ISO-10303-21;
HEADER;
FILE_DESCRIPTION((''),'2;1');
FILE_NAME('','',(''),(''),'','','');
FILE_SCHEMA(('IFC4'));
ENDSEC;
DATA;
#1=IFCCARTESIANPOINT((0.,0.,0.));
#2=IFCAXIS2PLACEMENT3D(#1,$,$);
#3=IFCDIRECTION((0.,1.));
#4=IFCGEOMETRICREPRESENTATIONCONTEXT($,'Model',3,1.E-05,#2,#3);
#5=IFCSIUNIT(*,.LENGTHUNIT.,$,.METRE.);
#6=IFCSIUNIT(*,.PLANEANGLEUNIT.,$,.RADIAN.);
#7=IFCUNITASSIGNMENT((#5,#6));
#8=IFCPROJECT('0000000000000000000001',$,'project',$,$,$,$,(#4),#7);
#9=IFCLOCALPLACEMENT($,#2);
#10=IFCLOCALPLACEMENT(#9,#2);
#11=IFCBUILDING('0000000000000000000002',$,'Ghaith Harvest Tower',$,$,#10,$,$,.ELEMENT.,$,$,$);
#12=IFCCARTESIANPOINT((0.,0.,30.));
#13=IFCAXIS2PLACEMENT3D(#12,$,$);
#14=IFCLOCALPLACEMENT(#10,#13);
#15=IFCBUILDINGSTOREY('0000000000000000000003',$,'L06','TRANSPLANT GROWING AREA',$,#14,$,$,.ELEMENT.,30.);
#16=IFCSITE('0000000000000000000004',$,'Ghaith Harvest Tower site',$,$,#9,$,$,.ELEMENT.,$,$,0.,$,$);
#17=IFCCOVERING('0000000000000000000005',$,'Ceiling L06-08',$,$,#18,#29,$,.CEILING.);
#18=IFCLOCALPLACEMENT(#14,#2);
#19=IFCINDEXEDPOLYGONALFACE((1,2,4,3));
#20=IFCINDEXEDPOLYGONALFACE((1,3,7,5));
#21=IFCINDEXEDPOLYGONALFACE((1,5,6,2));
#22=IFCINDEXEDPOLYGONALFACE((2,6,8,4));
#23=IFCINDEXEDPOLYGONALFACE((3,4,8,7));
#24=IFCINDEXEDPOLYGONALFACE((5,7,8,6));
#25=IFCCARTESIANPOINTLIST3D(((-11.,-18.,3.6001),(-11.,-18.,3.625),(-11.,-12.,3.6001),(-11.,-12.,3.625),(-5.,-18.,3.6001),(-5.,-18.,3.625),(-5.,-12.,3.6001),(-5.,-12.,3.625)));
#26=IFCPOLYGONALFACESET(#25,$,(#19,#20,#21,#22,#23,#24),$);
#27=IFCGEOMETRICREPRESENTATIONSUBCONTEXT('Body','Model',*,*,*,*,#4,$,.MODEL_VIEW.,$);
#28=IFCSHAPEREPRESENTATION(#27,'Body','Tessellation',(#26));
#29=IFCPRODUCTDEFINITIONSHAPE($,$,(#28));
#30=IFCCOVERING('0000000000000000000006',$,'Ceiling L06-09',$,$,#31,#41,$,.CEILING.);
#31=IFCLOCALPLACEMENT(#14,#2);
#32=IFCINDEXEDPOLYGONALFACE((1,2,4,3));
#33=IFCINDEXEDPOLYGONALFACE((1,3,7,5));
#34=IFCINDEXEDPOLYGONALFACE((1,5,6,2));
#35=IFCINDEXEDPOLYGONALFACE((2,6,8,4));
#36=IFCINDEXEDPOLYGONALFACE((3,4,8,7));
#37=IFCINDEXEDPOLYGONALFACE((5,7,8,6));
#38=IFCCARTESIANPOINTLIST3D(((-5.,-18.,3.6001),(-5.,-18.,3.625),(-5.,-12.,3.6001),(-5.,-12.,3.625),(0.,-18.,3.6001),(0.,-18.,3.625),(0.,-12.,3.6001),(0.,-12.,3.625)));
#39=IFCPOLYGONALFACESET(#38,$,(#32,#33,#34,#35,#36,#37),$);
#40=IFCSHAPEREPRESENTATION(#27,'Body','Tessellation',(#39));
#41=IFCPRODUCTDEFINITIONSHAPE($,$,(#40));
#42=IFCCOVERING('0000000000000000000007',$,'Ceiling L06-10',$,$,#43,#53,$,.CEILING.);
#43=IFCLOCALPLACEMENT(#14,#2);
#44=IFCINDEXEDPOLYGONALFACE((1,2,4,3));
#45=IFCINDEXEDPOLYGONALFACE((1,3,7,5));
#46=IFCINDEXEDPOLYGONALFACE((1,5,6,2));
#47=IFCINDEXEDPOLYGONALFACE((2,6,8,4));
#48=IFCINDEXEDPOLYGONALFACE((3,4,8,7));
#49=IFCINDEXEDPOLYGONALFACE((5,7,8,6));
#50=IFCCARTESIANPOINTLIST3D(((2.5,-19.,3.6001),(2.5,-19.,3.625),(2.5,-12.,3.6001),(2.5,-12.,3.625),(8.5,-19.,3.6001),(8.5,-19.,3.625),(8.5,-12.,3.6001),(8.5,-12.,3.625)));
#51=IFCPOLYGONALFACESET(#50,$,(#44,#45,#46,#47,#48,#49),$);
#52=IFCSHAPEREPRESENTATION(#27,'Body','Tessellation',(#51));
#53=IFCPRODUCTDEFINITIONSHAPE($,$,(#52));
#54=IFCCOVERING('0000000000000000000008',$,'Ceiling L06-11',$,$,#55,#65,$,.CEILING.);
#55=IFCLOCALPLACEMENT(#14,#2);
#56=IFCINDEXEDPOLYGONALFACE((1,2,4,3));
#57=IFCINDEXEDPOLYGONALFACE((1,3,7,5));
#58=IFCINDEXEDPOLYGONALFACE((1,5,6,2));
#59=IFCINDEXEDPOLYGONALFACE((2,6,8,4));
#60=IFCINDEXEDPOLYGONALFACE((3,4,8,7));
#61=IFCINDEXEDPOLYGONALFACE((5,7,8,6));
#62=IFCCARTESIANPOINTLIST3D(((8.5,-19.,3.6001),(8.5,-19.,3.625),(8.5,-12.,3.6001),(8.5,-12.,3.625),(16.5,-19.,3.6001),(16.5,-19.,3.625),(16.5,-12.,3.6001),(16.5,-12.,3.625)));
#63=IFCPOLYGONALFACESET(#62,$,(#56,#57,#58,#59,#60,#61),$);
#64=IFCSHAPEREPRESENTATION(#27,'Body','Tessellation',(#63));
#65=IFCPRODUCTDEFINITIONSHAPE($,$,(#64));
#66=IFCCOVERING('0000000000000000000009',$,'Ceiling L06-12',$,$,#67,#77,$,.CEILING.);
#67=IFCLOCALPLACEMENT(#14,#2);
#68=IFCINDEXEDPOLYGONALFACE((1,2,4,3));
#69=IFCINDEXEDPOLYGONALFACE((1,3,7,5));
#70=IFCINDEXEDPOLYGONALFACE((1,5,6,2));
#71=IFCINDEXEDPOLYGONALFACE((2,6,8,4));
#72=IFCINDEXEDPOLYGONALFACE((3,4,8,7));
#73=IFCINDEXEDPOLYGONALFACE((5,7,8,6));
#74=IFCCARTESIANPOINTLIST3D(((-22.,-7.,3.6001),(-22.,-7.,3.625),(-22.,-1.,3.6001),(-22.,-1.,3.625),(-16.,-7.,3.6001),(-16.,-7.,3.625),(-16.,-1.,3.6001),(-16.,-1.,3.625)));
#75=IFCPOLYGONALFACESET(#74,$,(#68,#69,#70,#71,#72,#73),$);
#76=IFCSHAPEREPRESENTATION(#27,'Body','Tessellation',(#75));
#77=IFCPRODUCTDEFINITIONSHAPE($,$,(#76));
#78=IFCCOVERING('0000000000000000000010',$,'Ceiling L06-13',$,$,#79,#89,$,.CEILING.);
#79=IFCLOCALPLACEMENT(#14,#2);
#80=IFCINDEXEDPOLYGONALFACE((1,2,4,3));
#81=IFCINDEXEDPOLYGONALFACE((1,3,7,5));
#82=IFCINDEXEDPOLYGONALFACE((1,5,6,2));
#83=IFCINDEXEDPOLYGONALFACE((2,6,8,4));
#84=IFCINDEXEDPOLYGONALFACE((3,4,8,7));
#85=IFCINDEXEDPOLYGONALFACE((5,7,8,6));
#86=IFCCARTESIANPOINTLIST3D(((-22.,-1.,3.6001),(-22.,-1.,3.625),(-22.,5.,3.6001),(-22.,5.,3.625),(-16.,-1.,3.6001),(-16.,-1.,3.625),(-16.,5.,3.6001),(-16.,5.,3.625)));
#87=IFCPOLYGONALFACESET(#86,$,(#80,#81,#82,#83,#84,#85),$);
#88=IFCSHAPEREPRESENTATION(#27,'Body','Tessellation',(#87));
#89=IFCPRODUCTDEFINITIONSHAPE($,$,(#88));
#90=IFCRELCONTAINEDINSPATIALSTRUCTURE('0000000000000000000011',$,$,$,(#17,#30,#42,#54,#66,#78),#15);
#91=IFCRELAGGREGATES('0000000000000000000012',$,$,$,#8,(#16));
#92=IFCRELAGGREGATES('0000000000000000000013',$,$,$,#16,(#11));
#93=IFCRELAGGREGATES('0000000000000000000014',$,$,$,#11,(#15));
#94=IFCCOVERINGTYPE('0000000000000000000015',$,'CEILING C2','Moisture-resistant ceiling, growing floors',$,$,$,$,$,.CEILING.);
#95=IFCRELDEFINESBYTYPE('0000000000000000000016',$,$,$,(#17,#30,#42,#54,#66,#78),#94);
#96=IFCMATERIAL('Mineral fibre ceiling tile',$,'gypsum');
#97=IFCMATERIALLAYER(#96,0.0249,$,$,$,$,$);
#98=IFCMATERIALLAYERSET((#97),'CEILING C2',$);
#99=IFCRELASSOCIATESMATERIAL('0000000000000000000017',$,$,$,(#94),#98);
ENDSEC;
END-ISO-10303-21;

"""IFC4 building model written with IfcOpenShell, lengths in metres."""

from ifc_helpers import new_model, si_unit, direction, frame, origin, place, context, subcontext, project, spatial, polyline, outline, extrude, material, layer, layer_set, type_object, element, save


model = new_model("IFC4")

# Units and contexts
model_context = context("Model", 3, precision=1e-05, world=origin(), true_north=direction((0.0, 1.0)))
body_context = subcontext(model_context, "Body", "Model", "MODEL_VIEW")
ifc_project = project(units=[si_unit("LENGTHUNIT", "METRE"), si_unit("PLANEANGLEUNIT", "RADIAN")], contexts=[model_context])

# Site, building, storey
site_placement = place(None, origin())
site = spatial("IfcSite", under=ifc_project, at=site_placement, Name="Ghaith Harvest Tower site", CompositionType="ELEMENT", RefElevation=0.0)
building_placement = place(site_placement, origin())
building = spatial("IfcBuilding", under=site, at=building_placement, Name="Ghaith Harvest Tower", CompositionType="ELEMENT")
storey_placement = place(building_placement, frame((0.0, 0.0, 30.0)))
storey = spatial("IfcBuildingStorey", under=building, at=storey_placement, Name="L06", Description="TRANSPLANT GROWING AREA", CompositionType="ELEMENT", Elevation=30.0)

# Coverings
ifc_material_1 = material(Name="Mineral fibre ceiling tile", Category="gypsum")
ifc_layer_1 = layer(ifc_material_1, 0.0249)
ifc_layer_set_1 = layer_set([ifc_layer_1], Name="CEILING C2")
covering_type = type_object("IfcCoveringType", Name="CEILING C2", Description="Moisture-resistant ceiling, growing floors", PredefinedType="CEILING", material=ifc_layer_set_1)
covering_1_placement = place(storey_placement, frame((0.0, 0.0, 3.6001)))
element("IfcCovering", 1, at=covering_1_placement, inside=storey, type_object=covering_type, Name="Ceiling L06-08", PredefinedType="CEILING", context=body_context, shape_type="SweptSolid", body=[
    extrude(outline(polyline([(-11.0, -18.0), (-5.0, -18.0), (-5.0, -12.0), (-11.0, -12.0), (-11.0, -18.0)])), origin(), (0.0, 0.0, 1.0), 0.0249),
])
covering_2_placement = place(storey_placement, frame((0.0, 0.0, 3.6001)))
element("IfcCovering", 2, at=covering_2_placement, inside=storey, type_object=covering_type, Name="Ceiling L06-09", PredefinedType="CEILING", context=body_context, shape_type="SweptSolid", body=[
    extrude(outline(polyline([(-5.0, -18.0), (0.0, -18.0), (0.0, -12.0), (-5.0, -12.0), (-5.0, -18.0)])), origin(), (0.0, 0.0, 1.0), 0.0249),
])
covering_3_placement = place(storey_placement, frame((0.0, 0.0, 3.6001)))
element("IfcCovering", 3, at=covering_3_placement, inside=storey, type_object=covering_type, Name="Ceiling L06-10", PredefinedType="CEILING", context=body_context, shape_type="SweptSolid", body=[
    extrude(outline(polyline([(2.5, -19.0), (8.5, -19.0), (8.5, -12.0), (2.5, -12.0), (2.5, -19.0)])), origin(), (0.0, 0.0, 1.0), 0.0249),
])
covering_4_placement = place(storey_placement, frame((0.0, 0.0, 3.6001)))
element("IfcCovering", 4, at=covering_4_placement, inside=storey, type_object=covering_type, Name="Ceiling L06-11", PredefinedType="CEILING", context=body_context, shape_type="SweptSolid", body=[
    extrude(outline(polyline([(8.5, -19.0), (16.5, -19.0), (16.5, -12.0), (8.5, -12.0), (8.5, -19.0)])), origin(), (0.0, 0.0, 1.0), 0.0249),
])
covering_5_placement = place(storey_placement, frame((0.0, 0.0, 3.6001)))
element("IfcCovering", 5, at=covering_5_placement, inside=storey, type_object=covering_type, Name="Ceiling L06-12", PredefinedType="CEILING", context=body_context, shape_type="SweptSolid", body=[
    extrude(outline(polyline([(-22.0, -7.0), (-16.0, -7.0), (-16.0, -1.0), (-22.0, -1.0), (-22.0, -7.0)])), origin(), (0.0, 0.0, 1.0), 0.0249),
])
covering_6_placement = place(storey_placement, frame((0.0, 0.0, 3.6001)))
element("IfcCovering", 6, at=covering_6_placement, inside=storey, type_object=covering_type, Name="Ceiling L06-13", PredefinedType="CEILING", context=body_context, shape_type="SweptSolid", body=[
    extrude(outline(polyline([(-22.0, -1.0), (-16.0, -1.0), (-16.0, 5.0), (-22.0, 5.0), (-22.0, -1.0)])), origin(), (0.0, 0.0, 1.0), 0.0249),
])

save(model, "model.ifc")
